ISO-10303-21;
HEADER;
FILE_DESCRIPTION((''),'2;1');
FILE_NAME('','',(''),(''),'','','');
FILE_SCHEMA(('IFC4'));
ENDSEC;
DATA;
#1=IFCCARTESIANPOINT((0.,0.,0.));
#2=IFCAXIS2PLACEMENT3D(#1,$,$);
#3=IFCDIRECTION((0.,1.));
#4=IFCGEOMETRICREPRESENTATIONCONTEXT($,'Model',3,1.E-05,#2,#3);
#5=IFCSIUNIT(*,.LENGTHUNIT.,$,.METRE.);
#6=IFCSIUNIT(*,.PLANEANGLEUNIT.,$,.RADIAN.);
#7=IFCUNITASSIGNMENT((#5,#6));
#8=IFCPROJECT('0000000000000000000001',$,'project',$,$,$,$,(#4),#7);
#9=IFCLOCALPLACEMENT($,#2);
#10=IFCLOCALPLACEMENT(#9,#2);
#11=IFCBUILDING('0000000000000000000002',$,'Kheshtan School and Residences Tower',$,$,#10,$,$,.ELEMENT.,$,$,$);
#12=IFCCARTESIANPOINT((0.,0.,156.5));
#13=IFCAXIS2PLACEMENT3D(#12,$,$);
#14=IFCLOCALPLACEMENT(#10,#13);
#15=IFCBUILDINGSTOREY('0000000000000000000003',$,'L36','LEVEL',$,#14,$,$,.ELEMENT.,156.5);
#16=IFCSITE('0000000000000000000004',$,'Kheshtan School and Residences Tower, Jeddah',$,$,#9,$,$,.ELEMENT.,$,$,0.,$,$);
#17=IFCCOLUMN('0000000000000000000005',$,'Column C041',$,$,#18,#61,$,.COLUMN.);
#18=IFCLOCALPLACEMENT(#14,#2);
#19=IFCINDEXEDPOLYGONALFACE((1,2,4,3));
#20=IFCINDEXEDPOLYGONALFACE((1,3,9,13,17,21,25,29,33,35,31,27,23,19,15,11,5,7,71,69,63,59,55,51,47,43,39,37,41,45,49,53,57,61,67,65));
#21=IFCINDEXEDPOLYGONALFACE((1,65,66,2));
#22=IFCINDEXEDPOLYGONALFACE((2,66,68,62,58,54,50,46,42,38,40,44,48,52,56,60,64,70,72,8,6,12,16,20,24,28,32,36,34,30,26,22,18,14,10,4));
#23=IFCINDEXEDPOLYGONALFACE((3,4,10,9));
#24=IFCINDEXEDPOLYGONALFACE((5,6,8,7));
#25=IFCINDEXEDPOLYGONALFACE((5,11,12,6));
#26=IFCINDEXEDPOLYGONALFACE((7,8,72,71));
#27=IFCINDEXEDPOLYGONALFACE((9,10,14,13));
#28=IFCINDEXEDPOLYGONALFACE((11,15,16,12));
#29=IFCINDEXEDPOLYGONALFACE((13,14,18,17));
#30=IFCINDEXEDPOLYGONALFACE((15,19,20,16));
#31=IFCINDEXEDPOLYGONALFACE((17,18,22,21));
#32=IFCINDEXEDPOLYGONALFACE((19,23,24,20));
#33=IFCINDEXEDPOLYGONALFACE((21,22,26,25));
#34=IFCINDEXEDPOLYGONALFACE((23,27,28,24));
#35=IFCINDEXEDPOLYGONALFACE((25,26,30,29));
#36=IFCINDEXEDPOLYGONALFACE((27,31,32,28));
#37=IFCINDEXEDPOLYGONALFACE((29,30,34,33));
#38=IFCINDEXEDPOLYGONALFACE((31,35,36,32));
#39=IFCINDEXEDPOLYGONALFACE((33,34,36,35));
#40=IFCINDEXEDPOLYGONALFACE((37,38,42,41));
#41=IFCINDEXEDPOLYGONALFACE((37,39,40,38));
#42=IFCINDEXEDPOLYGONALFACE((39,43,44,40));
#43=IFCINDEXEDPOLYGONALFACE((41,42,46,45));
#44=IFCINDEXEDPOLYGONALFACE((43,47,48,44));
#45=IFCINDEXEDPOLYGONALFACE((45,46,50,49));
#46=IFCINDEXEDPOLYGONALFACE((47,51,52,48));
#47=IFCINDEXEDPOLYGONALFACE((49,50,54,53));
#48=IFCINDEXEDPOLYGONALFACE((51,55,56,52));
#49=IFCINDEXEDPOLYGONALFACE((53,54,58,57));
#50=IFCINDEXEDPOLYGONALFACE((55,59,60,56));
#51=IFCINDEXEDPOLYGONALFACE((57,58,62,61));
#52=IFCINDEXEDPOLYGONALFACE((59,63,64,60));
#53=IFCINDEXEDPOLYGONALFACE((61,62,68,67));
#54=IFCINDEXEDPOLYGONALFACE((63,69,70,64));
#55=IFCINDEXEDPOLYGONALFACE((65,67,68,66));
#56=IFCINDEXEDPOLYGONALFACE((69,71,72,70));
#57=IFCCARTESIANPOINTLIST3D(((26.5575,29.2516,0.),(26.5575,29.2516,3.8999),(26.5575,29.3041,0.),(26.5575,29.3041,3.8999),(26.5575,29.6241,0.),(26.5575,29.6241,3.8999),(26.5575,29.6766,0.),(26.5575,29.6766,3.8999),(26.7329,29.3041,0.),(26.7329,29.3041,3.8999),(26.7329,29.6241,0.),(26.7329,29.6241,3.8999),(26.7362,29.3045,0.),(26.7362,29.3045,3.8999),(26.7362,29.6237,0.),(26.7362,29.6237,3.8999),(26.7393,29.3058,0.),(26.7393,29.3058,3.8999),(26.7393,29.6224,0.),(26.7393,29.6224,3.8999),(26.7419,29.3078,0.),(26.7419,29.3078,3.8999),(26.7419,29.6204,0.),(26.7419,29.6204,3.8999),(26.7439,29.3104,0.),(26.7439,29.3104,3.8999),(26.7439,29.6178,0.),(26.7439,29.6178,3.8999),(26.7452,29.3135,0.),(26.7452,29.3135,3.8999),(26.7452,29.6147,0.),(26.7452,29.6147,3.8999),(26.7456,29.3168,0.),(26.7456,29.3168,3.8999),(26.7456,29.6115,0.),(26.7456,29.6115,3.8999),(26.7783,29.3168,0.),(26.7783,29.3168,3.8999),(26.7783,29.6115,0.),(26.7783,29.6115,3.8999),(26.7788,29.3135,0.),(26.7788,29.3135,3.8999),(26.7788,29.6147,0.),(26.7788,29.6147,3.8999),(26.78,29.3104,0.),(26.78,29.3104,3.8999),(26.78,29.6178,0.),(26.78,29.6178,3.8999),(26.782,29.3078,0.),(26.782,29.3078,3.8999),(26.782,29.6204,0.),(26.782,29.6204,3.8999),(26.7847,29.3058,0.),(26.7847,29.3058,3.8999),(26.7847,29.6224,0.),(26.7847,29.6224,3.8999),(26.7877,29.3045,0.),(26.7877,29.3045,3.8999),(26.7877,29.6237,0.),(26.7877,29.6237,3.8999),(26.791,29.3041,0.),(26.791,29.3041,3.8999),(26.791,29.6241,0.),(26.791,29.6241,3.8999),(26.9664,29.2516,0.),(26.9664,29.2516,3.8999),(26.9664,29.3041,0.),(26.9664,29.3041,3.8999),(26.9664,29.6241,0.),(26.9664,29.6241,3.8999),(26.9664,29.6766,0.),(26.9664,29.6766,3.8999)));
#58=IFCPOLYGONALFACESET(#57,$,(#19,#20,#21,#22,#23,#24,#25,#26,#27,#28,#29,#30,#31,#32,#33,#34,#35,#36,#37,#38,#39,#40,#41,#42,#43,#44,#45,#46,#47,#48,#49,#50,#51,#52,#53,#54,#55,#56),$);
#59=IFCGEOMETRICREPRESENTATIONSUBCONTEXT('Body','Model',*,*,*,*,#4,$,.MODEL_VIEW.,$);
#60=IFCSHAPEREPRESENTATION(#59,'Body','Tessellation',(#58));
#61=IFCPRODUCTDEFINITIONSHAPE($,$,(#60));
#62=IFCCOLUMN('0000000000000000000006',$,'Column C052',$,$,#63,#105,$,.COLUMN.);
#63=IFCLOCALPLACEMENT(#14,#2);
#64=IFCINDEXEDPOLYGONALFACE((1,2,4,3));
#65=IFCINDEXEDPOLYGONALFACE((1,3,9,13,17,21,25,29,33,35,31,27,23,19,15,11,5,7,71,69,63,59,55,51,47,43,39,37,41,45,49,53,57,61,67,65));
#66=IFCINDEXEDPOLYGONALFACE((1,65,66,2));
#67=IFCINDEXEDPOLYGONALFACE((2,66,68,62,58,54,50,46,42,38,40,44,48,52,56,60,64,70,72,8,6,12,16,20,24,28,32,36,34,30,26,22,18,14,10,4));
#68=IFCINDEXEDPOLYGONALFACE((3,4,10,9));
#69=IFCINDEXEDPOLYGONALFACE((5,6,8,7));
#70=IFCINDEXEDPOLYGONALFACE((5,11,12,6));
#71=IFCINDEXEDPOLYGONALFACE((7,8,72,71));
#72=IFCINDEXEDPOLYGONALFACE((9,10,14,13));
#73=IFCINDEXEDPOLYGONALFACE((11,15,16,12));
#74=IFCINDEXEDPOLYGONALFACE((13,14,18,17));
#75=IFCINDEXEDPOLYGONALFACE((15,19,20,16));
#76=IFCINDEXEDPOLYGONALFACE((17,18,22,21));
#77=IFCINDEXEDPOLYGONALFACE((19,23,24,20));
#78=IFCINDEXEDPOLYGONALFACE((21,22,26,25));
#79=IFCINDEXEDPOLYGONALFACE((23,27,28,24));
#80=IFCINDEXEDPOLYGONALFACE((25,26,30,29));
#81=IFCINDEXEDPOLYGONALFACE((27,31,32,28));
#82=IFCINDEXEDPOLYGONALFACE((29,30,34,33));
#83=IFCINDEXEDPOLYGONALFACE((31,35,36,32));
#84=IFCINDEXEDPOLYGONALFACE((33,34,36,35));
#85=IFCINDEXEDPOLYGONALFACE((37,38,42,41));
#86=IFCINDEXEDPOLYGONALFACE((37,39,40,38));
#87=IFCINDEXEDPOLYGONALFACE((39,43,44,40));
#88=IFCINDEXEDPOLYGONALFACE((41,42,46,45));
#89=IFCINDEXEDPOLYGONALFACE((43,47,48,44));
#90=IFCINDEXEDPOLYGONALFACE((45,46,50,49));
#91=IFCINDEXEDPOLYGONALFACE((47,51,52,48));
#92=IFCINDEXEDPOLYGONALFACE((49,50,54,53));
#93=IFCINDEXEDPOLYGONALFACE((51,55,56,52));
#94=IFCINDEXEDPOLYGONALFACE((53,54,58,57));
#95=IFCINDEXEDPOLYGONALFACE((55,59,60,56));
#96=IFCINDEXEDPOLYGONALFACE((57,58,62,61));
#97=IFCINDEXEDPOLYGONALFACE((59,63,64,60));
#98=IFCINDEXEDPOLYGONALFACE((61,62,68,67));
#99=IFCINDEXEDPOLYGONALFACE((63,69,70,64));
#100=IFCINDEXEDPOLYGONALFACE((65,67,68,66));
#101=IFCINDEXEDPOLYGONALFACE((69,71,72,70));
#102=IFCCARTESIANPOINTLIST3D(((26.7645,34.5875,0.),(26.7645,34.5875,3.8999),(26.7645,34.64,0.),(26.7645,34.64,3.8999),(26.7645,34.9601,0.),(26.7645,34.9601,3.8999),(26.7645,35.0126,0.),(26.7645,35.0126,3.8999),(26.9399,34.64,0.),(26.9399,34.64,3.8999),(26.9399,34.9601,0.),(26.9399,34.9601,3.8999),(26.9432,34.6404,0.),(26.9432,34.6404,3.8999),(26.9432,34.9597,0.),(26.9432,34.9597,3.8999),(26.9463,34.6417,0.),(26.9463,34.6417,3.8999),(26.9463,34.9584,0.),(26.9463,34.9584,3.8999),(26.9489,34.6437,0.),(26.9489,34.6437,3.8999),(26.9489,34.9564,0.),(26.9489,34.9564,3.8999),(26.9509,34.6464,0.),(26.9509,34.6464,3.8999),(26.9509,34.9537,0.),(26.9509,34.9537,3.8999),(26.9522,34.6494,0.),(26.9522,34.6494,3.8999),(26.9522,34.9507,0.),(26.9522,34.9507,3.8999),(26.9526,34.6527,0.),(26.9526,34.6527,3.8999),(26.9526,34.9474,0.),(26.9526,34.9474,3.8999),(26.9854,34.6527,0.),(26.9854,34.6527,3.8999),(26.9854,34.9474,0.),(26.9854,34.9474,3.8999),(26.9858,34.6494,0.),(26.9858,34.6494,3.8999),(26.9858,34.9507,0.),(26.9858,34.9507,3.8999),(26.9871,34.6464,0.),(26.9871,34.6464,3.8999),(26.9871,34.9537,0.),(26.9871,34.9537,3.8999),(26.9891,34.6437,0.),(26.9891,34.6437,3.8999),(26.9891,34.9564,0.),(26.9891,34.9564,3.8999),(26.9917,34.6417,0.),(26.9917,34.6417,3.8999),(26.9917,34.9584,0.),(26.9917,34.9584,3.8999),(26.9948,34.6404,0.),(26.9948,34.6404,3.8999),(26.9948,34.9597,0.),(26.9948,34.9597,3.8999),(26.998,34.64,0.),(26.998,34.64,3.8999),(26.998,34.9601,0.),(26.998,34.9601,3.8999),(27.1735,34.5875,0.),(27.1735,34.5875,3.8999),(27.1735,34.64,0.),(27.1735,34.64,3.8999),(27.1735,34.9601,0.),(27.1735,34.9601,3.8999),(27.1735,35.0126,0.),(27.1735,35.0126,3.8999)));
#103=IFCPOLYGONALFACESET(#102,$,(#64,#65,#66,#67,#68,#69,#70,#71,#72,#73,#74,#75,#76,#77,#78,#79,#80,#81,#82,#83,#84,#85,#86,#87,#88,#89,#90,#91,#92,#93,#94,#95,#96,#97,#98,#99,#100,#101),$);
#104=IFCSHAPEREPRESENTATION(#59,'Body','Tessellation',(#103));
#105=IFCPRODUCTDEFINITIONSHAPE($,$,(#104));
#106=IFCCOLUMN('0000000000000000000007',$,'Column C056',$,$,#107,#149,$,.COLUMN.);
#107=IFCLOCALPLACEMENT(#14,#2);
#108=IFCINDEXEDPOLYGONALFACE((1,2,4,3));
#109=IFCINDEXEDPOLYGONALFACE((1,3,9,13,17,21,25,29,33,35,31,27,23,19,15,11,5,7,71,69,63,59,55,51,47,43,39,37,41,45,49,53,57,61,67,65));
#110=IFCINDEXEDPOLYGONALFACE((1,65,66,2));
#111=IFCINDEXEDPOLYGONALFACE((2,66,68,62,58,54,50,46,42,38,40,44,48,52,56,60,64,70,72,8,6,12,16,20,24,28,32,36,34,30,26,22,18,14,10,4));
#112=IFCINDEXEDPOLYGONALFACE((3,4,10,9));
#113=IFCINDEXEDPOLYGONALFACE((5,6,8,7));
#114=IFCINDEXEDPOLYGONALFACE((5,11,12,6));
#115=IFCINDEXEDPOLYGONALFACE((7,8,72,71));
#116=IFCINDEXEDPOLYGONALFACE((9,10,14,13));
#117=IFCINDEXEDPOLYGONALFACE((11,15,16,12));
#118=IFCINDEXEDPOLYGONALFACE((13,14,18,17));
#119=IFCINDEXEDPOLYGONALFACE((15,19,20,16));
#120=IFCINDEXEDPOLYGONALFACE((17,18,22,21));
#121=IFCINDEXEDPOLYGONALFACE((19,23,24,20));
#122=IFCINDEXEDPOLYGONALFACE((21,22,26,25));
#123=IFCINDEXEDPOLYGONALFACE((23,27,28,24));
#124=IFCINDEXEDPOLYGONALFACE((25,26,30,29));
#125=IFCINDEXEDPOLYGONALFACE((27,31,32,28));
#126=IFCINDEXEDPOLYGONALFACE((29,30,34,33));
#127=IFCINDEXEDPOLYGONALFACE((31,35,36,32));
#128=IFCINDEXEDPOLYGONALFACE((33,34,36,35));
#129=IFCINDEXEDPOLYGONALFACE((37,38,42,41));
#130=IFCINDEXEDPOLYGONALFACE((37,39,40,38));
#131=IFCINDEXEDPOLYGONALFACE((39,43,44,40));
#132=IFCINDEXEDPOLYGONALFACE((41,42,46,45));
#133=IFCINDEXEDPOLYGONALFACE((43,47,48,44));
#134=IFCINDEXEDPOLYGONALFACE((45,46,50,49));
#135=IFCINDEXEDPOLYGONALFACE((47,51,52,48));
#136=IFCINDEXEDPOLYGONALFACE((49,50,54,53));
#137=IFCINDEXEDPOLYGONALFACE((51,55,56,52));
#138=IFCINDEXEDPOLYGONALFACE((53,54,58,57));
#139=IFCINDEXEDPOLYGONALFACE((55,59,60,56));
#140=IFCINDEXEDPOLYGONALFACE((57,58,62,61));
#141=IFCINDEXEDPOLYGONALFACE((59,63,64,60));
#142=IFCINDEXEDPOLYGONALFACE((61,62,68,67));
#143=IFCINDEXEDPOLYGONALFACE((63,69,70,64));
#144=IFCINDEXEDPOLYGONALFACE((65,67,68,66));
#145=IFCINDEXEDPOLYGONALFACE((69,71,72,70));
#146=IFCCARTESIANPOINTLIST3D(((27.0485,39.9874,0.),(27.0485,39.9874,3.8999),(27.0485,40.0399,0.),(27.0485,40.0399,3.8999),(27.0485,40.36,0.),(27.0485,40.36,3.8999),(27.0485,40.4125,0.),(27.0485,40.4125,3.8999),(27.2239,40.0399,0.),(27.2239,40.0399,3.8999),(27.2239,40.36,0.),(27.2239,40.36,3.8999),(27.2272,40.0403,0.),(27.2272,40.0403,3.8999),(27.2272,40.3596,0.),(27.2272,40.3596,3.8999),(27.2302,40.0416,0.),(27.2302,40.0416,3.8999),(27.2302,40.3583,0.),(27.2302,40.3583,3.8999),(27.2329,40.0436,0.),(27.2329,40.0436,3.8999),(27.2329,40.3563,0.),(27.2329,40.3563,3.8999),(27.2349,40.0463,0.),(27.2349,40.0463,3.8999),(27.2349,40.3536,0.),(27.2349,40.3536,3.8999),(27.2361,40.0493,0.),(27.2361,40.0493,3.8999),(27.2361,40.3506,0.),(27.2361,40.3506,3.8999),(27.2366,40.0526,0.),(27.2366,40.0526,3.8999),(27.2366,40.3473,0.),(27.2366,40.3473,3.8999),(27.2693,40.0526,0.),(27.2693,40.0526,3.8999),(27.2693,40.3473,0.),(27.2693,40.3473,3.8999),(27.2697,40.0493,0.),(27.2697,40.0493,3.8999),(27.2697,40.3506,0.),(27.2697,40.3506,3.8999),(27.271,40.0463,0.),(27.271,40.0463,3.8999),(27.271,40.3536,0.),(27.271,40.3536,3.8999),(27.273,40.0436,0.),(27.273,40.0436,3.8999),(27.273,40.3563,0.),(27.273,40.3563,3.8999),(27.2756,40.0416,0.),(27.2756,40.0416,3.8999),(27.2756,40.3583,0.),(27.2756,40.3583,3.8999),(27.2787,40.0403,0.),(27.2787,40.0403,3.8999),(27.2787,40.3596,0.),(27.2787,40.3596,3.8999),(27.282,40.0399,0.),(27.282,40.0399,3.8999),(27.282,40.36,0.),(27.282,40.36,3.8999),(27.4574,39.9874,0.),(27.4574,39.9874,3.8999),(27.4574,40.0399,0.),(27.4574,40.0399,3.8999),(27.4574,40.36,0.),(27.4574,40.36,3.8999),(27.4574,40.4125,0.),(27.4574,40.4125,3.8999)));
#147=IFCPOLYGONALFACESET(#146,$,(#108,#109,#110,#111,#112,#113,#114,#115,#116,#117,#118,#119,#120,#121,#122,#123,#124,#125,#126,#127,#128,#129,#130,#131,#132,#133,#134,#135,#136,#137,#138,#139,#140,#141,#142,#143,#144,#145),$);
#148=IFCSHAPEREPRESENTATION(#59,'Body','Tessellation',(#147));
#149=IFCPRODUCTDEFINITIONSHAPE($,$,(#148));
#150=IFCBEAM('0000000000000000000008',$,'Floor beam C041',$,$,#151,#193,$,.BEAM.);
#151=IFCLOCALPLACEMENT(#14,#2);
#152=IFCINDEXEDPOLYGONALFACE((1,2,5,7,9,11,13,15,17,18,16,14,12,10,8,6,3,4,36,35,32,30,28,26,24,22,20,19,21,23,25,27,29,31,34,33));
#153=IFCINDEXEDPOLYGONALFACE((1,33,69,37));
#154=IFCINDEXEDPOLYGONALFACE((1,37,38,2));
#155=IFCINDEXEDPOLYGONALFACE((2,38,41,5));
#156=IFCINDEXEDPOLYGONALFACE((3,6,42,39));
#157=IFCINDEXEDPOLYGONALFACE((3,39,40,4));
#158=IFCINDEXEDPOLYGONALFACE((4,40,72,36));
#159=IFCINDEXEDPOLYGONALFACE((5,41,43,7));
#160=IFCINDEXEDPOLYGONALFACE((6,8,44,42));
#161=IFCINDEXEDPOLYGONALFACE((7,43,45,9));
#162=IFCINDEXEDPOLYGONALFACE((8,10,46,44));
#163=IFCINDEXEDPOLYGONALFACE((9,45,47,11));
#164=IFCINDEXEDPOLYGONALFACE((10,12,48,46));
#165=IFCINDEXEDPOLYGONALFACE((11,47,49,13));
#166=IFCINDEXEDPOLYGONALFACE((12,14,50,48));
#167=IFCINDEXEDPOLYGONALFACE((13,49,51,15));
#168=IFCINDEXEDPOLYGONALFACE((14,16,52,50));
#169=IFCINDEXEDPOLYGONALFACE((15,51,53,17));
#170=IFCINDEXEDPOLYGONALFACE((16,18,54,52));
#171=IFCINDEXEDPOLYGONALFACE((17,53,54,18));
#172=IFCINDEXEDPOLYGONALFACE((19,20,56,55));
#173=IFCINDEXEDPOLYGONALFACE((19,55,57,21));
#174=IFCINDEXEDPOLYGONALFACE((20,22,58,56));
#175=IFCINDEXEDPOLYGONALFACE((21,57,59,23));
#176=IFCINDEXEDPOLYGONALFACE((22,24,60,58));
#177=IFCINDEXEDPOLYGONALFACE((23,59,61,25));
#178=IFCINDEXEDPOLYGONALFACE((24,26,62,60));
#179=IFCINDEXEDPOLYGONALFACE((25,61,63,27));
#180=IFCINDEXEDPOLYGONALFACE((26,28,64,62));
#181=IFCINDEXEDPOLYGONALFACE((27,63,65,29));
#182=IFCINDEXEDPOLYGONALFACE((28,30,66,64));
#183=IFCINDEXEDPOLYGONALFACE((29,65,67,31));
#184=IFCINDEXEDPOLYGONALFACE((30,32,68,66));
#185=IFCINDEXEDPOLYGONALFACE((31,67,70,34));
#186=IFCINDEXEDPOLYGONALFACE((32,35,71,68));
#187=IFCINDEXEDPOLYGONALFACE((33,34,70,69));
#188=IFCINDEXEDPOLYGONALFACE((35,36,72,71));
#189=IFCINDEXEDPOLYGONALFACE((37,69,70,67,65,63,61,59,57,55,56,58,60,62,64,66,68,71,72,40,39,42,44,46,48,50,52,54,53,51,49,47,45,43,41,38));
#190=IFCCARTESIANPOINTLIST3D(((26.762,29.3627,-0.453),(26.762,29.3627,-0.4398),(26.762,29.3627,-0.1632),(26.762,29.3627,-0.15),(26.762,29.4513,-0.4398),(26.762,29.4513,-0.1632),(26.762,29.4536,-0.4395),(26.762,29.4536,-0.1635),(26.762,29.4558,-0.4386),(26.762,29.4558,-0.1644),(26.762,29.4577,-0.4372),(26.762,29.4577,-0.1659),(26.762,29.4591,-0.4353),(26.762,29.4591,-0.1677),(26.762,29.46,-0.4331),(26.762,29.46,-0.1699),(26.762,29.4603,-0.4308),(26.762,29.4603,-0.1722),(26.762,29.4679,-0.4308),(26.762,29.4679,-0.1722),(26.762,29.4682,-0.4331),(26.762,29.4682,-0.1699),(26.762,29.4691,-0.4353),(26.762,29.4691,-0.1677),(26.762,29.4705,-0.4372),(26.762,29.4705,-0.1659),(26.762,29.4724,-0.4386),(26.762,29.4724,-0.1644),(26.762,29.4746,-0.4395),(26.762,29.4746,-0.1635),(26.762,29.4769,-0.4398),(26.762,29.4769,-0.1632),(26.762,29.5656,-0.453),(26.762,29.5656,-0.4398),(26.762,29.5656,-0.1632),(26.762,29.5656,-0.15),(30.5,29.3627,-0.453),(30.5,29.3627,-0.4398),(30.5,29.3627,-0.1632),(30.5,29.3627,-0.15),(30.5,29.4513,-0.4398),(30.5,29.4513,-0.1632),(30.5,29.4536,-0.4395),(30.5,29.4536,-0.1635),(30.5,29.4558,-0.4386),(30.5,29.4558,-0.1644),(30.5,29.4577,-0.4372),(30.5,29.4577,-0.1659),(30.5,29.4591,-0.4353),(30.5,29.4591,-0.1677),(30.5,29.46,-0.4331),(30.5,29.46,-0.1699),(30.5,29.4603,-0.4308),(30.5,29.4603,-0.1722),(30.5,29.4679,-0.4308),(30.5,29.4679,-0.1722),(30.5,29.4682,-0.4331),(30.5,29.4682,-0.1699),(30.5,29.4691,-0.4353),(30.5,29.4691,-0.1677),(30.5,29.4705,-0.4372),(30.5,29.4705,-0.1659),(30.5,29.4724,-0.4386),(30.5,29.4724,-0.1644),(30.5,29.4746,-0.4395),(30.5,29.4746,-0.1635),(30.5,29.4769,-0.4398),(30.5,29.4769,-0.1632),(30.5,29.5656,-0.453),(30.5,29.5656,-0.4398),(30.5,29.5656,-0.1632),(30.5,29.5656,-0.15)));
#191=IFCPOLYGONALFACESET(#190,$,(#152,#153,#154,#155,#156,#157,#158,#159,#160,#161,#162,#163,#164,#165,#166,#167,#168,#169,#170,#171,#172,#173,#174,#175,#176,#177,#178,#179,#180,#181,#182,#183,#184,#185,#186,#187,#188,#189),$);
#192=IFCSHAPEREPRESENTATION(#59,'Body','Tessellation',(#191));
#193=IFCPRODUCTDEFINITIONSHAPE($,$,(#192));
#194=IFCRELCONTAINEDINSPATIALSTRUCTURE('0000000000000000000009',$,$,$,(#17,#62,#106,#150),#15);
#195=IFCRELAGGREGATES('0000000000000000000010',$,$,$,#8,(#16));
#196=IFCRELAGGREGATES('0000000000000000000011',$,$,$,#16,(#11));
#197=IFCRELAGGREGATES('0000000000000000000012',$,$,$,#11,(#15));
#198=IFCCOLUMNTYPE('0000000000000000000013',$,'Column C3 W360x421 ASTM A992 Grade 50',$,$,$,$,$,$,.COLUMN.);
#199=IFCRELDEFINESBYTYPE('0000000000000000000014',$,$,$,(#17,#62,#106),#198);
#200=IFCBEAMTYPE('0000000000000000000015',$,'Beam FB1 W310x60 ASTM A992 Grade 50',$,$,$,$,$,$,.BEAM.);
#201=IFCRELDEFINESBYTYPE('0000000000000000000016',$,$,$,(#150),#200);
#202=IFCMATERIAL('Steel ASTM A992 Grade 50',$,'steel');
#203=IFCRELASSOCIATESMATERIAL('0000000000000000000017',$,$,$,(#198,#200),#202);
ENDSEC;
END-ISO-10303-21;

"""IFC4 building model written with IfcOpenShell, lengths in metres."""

from ifc_helpers import new_model, si_unit, direction, frame, origin, origin_2d, place, context, subcontext, project, spatial, i_section, extrude, material, material_profile, profile_set, type_object, element, save


model = new_model("IFC4")

# Units and contexts
model_context = context("Model", 3, precision=1e-05, world=origin(), true_north=direction((0.0, 1.0)))
body_context = subcontext(model_context, "Body", "Model", "MODEL_VIEW")
ifc_project = project(units=[si_unit("LENGTHUNIT", "METRE"), si_unit("PLANEANGLEUNIT", "RADIAN")], contexts=[model_context])

# Site, building, storey
site_placement = place(None, origin())
site = spatial("IfcSite", under=ifc_project, at=site_placement, Name="Kheshtan School and Residences Tower, Jeddah", CompositionType="ELEMENT", RefElevation=0.0)
building_placement = place(site_placement, origin())
building = spatial("IfcBuilding", under=site, at=building_placement, Name="Kheshtan School and Residences Tower", CompositionType="ELEMENT")
storey_placement = place(building_placement, frame((0.0, 0.0, 156.5)))
storey = spatial("IfcBuildingStorey", under=building, at=storey_placement, Name="L36", Description="LEVEL", CompositionType="ELEMENT", Elevation=156.5)

# Columns
ifc_material_1 = material(Name="Steel ASTM A992 Grade 50", Category="steel")
ifc_material_profile_1 = material_profile(ifc_material_1, i_section(OverallWidth=0.4089, OverallDepth=0.425, WebThickness=0.0327, FlangeThickness=0.0525, FilletRadius=0.0127, at=origin_2d()), Name="W360x421")
ifc_profile_set_1 = profile_set([ifc_material_profile_1], Name="Steel ASTM A992 Grade 50")
column_type = type_object("IfcColumnType", Name="Column C3 W360x421 ASTM A992 Grade 50", PredefinedType="COLUMN", material=ifc_profile_set_1)
for number, where, z_axis, x_axis, name in (
    (1, (26.762, 29.4641, 0.0), (0.0, 0.0, 1.0), (1.0, 0.0, 0.0), "Column C041"),
    (2, (26.969, 34.8, 0.0), (0.0, 0.0, 1.0), (1.0, 0.0, 0.0), "Column C052"),
    (3, (27.2529, 40.2, 0.0), (0.0, 0.0, 1.0), (1.0, 0.0, 0.0), "Column C056"),
):
    element("IfcColumn", number, at=place(storey_placement, frame(where, z_axis=z_axis, x_axis=x_axis)), inside=storey, type_object=column_type, Name=name, PredefinedType="COLUMN", context=body_context, shape_type="SweptSolid", body=[
        extrude(i_section(OverallWidth=0.4089, OverallDepth=0.425, WebThickness=0.0327, FlangeThickness=0.0525, FilletRadius=0.0127, at=origin_2d()), origin(), (0.0, 0.0, 1.0), 3.8999),
    ])

# Beam
ifc_material_profile_2 = material_profile(ifc_material_1, i_section(OverallWidth=0.2029, OverallDepth=0.303, WebThickness=0.0076, FlangeThickness=0.0132, FilletRadius=0.009, at=origin_2d()), Name="W310x60")
ifc_profile_set_2 = profile_set([ifc_material_profile_2], Name="Steel ASTM A992 Grade 50")
beam_type_1 = type_object("IfcBeamType", Name="Beam FB1 W310x60 ASTM A992 Grade 50", PredefinedType="BEAM", material=ifc_profile_set_2)
beam_1_placement = place(storey_placement, frame((26.762, 29.4641, -0.3015), z_axis=(1.0, 0.0, 0.0), x_axis=(0.0, 1.0, 0.0)))
element("IfcBeam", 4, at=beam_1_placement, inside=storey, type_object=beam_type_1, Name="Floor beam C041", PredefinedType="BEAM", context=body_context, shape_type="SweptSolid", body=[
    extrude(i_section(OverallWidth=0.2029, OverallDepth=0.303, WebThickness=0.0076, FlangeThickness=0.0132, FilletRadius=0.009, at=origin_2d()), origin(), (0.0, 0.0, 1.0), 3.738),
])

save(model, "model.ifc")
